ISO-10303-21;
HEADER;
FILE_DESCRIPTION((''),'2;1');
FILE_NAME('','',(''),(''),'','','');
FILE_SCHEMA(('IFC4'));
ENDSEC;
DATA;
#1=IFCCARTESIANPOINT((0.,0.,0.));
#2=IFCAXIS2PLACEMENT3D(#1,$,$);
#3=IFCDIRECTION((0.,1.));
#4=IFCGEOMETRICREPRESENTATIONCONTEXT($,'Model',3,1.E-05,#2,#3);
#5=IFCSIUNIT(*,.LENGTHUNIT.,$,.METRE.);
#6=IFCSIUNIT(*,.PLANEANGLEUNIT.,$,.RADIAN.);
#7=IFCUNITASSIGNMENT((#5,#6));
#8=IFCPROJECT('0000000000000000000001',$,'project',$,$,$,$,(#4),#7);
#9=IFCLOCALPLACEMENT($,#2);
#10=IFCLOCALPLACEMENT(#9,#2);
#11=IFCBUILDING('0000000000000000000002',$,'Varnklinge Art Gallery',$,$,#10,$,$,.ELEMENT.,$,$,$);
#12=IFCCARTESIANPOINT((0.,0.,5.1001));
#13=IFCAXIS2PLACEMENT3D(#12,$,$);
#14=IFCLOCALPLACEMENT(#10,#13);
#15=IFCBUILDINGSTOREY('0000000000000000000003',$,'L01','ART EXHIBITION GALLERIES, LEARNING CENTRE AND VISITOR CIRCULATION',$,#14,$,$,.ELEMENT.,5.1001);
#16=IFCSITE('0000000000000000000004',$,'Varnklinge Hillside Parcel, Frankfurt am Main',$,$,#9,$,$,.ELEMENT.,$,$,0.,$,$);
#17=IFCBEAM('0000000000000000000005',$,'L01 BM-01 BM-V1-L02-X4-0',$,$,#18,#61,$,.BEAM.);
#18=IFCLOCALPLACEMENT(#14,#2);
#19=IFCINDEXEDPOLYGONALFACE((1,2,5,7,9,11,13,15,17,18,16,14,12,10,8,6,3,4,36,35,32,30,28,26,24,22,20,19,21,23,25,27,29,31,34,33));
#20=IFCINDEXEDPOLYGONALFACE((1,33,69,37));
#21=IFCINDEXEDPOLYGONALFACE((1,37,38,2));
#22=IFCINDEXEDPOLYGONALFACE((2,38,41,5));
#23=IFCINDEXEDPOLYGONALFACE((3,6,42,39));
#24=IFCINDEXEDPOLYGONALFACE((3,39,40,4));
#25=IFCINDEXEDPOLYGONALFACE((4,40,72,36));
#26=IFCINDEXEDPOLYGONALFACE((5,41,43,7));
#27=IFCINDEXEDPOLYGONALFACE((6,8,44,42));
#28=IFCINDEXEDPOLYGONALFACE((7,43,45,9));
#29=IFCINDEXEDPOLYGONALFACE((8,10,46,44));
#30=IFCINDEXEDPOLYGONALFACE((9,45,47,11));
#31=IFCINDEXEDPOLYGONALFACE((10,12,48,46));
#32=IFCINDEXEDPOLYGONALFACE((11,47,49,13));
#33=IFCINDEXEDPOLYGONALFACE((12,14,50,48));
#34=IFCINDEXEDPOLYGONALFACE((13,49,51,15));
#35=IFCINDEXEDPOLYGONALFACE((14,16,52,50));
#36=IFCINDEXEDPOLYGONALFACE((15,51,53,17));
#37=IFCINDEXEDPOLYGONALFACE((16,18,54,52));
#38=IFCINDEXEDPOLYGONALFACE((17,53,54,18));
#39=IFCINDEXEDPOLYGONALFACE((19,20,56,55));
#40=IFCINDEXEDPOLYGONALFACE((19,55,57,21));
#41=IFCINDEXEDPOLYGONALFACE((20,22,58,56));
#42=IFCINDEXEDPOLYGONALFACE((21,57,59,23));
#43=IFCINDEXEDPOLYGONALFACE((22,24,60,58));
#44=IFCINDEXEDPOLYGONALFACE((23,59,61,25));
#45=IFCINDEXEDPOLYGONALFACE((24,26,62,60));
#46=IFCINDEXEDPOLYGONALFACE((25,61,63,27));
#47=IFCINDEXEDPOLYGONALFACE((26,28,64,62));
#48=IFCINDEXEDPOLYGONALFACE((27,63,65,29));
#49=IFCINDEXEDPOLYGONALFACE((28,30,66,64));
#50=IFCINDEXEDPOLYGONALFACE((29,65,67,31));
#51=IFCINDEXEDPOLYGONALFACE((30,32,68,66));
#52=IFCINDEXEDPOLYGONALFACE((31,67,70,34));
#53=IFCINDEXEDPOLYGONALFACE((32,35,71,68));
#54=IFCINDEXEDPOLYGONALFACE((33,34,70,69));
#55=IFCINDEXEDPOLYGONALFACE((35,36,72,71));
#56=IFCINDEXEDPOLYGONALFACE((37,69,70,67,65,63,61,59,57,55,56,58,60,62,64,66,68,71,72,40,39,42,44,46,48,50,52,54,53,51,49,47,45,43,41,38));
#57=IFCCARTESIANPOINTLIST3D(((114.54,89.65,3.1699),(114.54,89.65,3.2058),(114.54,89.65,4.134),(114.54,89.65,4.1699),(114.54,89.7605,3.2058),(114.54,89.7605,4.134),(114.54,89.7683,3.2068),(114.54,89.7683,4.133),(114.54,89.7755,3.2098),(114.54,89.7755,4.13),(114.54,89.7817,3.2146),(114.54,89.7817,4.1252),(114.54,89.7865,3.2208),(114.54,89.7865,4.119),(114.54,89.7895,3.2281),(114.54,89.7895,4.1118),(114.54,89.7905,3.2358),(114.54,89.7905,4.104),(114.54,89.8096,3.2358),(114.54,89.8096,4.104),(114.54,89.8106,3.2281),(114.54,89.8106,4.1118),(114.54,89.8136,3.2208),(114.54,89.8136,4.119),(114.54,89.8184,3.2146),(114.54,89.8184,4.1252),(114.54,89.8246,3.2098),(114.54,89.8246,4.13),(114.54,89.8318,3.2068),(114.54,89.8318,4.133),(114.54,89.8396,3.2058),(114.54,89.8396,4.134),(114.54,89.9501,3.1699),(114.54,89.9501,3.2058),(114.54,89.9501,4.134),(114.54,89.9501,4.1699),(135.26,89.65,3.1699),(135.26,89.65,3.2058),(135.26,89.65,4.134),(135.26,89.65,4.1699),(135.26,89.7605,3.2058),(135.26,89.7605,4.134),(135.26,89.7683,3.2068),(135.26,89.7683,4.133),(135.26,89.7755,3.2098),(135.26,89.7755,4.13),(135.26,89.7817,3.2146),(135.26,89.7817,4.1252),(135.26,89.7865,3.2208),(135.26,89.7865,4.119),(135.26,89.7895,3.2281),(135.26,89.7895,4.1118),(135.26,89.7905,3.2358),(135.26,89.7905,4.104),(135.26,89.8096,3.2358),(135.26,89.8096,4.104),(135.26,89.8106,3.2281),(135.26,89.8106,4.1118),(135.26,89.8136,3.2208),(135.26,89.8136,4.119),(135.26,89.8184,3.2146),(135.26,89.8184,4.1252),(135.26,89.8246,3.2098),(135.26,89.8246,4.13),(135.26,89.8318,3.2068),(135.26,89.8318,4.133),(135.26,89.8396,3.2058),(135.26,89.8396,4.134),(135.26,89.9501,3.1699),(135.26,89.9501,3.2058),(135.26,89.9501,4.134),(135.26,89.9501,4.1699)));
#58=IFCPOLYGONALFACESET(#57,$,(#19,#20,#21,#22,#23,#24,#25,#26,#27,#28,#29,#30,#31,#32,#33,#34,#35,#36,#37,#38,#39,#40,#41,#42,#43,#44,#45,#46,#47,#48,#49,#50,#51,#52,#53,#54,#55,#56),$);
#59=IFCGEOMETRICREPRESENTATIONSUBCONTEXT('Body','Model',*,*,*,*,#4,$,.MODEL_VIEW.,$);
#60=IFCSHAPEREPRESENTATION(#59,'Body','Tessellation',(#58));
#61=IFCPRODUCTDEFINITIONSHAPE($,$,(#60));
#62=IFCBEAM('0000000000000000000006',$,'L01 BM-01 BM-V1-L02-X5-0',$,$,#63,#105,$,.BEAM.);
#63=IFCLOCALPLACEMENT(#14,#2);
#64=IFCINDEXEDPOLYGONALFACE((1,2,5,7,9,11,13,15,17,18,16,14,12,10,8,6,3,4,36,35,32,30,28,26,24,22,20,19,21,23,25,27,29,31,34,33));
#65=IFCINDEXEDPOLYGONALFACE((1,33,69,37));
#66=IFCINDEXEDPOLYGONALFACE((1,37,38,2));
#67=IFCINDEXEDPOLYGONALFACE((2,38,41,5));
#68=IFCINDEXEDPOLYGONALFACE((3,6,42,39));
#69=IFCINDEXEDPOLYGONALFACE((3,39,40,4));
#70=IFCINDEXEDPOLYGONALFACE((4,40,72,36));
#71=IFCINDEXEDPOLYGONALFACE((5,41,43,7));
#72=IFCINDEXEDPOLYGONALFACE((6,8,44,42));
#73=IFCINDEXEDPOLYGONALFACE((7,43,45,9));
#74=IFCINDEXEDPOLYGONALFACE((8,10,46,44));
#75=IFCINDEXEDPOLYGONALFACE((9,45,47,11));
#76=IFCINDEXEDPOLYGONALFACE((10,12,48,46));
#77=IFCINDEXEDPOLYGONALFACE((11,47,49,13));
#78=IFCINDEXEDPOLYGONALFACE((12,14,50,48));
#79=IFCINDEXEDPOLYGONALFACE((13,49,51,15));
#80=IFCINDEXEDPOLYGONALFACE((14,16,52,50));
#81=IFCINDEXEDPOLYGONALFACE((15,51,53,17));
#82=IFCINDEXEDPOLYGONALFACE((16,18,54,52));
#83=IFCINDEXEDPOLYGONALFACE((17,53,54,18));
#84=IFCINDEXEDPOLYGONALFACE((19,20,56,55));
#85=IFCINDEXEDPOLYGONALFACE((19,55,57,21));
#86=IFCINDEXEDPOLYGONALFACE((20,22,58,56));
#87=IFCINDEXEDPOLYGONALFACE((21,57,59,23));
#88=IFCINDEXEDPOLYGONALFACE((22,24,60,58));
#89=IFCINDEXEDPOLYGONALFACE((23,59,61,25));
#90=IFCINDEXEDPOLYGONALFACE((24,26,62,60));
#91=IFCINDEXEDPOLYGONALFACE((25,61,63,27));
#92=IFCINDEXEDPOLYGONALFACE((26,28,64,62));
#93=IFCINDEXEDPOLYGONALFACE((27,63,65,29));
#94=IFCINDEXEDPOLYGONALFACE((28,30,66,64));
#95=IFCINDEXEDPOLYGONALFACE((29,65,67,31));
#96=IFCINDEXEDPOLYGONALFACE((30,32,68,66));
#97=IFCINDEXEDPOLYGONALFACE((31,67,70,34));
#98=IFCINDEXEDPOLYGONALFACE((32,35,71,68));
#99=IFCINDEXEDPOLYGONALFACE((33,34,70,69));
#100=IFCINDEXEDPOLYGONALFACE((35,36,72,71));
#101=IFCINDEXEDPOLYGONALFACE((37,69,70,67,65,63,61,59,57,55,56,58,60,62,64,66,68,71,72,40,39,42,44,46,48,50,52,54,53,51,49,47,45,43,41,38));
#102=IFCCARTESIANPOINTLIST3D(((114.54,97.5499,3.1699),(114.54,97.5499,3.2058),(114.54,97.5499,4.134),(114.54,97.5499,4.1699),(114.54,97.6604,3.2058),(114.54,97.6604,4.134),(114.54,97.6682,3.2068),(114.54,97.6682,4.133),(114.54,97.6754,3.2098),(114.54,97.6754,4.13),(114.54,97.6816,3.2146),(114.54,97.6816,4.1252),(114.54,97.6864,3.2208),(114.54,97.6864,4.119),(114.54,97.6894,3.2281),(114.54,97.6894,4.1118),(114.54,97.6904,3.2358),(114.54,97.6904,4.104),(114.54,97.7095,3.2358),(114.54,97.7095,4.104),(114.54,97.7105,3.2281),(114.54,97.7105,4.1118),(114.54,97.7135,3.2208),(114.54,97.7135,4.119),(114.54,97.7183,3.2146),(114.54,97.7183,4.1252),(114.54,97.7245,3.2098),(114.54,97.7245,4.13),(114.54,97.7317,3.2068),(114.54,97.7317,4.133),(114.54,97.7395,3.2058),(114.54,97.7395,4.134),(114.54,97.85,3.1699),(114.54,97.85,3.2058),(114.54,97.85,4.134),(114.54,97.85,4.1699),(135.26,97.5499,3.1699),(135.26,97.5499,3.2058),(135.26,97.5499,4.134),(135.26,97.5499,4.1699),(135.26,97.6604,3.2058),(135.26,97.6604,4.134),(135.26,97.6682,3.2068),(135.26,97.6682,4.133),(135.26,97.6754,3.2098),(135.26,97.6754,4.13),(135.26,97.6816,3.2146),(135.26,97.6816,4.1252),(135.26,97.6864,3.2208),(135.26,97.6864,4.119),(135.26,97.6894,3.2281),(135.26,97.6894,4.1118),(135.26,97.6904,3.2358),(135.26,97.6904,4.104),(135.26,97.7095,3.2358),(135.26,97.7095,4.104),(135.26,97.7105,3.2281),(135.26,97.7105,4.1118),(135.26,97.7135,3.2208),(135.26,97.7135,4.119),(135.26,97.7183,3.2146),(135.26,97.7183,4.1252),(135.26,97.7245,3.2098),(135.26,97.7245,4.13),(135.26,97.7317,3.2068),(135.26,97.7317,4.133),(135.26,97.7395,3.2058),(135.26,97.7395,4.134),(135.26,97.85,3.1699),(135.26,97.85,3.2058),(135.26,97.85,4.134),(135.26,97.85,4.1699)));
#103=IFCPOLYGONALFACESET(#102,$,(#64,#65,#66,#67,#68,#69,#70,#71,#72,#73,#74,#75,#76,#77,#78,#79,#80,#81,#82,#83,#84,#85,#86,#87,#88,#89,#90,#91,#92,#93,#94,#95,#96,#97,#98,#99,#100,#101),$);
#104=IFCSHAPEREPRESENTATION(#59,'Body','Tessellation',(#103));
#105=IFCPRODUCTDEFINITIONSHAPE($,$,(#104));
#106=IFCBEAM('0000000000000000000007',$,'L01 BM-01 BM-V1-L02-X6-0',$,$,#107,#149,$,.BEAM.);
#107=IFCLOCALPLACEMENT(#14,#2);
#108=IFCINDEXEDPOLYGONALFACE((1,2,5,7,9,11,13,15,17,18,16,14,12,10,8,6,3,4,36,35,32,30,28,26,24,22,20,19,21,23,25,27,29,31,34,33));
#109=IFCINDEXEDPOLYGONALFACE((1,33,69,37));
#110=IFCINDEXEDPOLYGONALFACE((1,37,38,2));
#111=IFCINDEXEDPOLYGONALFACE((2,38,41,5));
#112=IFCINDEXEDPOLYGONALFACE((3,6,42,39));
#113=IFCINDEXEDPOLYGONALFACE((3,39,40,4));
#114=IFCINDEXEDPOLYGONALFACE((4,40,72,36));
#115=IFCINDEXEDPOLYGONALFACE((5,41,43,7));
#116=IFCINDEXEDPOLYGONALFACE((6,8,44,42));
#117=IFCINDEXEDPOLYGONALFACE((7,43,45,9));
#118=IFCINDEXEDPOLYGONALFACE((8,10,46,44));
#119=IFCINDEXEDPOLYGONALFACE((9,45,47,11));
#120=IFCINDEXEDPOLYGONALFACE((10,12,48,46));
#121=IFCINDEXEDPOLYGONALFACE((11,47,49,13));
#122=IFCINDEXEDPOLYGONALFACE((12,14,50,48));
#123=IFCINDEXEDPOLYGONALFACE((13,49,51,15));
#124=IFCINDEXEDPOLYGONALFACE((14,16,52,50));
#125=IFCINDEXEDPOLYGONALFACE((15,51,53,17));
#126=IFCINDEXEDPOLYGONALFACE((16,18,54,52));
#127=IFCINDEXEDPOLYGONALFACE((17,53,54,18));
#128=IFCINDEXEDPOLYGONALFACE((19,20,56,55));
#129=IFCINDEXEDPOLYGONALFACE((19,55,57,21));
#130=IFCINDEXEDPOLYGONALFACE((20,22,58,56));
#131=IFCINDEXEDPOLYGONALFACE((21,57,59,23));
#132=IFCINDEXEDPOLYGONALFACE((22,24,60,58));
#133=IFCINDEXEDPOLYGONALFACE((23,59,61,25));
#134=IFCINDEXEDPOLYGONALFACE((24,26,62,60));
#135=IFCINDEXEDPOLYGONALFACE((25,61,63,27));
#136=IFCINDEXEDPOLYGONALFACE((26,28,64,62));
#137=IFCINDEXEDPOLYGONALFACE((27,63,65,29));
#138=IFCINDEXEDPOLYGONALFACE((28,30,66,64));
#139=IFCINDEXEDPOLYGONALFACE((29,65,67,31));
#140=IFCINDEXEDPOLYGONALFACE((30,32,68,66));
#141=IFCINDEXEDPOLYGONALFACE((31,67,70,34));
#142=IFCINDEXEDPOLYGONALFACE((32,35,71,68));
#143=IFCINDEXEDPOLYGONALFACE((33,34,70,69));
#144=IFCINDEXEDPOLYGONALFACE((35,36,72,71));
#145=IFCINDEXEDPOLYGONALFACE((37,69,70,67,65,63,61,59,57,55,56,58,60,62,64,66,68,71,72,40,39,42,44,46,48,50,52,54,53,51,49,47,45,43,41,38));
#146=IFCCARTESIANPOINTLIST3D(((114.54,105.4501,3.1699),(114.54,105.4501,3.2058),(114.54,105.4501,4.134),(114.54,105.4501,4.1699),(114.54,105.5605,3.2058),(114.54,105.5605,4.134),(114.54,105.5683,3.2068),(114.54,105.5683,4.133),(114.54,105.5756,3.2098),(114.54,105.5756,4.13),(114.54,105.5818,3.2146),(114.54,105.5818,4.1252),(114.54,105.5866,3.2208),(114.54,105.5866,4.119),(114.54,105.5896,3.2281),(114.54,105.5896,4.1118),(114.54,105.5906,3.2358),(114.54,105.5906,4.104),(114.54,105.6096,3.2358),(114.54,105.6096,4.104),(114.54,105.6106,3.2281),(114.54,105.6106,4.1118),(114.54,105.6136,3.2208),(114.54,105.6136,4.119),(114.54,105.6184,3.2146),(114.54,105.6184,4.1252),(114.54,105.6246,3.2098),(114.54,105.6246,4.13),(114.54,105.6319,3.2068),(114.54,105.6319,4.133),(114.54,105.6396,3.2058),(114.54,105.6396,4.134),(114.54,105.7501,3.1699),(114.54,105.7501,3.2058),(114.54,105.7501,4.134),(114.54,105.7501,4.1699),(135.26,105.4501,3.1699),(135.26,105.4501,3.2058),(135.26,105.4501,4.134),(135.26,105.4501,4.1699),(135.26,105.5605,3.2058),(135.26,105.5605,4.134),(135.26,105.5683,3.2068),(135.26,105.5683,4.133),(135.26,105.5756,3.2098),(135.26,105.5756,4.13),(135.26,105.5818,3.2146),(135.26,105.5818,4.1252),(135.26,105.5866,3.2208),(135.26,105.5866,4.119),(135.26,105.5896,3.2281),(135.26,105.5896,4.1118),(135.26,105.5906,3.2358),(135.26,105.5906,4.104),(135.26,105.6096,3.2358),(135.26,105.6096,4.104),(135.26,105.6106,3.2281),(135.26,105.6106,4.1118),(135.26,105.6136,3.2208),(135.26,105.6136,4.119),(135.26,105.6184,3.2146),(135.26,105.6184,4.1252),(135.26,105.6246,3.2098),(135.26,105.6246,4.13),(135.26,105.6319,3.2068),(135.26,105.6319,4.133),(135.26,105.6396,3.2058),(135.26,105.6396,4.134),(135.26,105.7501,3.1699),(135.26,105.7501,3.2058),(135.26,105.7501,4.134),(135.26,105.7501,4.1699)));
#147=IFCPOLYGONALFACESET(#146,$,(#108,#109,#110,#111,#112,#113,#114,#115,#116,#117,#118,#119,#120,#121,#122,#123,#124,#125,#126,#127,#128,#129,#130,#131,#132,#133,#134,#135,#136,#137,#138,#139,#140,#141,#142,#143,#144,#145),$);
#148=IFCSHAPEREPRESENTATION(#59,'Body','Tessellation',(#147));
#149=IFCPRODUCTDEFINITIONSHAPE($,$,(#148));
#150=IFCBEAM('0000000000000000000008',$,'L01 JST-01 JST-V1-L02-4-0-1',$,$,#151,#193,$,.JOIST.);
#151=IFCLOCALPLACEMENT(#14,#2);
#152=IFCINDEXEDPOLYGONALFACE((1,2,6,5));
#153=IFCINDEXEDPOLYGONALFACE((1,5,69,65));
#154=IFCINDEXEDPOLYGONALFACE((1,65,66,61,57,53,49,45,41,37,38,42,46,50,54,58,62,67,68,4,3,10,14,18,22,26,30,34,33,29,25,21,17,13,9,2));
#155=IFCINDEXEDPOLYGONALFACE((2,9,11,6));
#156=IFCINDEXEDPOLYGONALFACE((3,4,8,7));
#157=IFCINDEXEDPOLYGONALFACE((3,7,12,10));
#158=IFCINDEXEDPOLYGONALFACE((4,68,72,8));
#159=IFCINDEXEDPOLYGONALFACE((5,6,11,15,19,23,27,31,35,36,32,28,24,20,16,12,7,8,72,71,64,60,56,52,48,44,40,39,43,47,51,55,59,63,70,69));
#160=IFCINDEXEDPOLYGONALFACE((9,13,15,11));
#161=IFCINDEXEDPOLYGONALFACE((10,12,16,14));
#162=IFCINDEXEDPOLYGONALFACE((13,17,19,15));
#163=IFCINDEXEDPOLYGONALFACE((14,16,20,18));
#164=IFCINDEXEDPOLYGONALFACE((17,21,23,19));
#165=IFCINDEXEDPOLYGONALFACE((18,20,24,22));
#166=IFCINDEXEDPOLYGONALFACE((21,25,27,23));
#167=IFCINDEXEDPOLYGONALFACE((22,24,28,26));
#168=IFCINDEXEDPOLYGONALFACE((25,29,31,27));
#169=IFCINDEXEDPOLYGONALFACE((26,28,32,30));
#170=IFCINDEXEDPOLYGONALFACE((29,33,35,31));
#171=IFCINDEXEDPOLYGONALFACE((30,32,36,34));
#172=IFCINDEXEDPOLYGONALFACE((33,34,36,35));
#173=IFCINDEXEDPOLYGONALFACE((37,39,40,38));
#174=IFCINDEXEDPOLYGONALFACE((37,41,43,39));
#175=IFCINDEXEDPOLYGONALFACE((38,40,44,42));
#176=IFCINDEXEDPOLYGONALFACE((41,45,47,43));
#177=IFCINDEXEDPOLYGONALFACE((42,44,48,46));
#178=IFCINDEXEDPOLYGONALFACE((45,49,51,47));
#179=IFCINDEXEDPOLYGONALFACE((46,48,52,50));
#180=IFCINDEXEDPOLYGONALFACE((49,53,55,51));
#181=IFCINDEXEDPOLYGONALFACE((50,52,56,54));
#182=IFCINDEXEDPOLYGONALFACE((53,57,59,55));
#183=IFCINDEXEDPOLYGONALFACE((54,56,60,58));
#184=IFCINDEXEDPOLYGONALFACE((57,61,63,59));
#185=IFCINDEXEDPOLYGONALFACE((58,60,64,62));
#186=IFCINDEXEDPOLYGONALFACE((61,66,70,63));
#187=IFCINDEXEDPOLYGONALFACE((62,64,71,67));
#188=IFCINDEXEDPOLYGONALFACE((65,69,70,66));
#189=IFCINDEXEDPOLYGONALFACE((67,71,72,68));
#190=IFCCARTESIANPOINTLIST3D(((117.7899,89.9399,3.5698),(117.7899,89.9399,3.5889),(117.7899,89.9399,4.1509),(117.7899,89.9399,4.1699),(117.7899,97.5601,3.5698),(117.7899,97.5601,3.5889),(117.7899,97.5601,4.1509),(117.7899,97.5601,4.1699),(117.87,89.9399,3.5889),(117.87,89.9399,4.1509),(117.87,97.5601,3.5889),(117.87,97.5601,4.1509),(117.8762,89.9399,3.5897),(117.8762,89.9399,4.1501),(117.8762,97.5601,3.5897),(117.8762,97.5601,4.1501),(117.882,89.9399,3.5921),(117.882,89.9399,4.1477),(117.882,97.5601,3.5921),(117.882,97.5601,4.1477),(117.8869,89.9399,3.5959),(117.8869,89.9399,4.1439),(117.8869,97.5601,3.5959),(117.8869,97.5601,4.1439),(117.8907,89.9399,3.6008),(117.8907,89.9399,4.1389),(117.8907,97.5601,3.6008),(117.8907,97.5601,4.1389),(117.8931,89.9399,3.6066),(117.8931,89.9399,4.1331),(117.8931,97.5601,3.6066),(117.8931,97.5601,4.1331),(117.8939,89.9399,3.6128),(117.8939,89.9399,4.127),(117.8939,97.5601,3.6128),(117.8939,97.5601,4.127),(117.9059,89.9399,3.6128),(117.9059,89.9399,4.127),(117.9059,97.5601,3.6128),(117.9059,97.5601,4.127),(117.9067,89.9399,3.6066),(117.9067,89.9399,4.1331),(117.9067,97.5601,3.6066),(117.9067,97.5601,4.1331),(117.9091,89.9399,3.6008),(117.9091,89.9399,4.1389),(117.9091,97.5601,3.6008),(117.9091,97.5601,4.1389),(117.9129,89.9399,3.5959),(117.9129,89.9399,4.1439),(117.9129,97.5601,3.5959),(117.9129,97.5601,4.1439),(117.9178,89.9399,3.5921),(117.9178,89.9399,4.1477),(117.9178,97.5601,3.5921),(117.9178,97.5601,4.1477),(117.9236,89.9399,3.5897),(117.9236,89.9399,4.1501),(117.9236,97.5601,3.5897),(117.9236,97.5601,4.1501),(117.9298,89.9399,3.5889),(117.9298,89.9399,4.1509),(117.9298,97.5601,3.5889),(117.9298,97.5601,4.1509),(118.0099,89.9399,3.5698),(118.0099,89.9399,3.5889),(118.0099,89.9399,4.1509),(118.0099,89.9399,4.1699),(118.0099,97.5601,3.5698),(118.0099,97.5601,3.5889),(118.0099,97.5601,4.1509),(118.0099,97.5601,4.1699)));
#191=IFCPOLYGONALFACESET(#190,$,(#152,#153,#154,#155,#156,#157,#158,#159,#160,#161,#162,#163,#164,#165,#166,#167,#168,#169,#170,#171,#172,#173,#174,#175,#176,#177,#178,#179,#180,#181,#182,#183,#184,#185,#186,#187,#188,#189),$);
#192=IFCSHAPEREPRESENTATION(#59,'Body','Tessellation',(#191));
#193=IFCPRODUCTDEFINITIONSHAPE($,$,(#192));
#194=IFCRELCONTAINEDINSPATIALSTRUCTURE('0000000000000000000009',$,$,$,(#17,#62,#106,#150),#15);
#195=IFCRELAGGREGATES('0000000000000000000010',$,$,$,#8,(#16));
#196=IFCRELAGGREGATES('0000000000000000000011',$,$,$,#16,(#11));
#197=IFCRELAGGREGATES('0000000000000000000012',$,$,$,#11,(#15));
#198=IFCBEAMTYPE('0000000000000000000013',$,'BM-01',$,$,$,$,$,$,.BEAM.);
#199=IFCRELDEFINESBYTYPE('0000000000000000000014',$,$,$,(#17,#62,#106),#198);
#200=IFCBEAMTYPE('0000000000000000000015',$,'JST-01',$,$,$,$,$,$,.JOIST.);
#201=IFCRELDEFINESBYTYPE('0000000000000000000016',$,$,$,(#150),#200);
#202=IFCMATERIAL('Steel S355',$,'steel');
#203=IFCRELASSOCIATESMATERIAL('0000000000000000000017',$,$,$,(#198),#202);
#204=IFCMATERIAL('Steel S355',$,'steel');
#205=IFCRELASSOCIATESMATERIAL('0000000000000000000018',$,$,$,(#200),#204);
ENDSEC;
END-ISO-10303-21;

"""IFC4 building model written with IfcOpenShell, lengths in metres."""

from ifc_helpers import new_model, si_unit, direction, frame, origin, origin_2d, place, context, subcontext, project, spatial, i_section, extrude, material, material_profile, profile_set, type_object, element, save


model = new_model("IFC4")

# Units and contexts
model_context = context("Model", 3, precision=1e-05, world=origin(), true_north=direction((0.0, 1.0)))
body_context = subcontext(model_context, "Body", "Model", "MODEL_VIEW")
ifc_project = project(units=[si_unit("LENGTHUNIT", "METRE"), si_unit("PLANEANGLEUNIT", "RADIAN")], contexts=[model_context])

# Site, building, storey
site_placement = place(None, origin())
site = spatial("IfcSite", under=ifc_project, at=site_placement, Name="Varnklinge Hillside Parcel, Frankfurt am Main", CompositionType="ELEMENT", RefElevation=0.0)
building_placement = place(site_placement, origin())
building = spatial("IfcBuilding", under=site, at=building_placement, Name="Varnklinge Art Gallery", CompositionType="ELEMENT")
storey_placement = place(building_placement, frame((0.0, 0.0, 5.1001)))
storey = spatial("IfcBuildingStorey", under=building, at=storey_placement, Name="L01", Description="ART EXHIBITION GALLERIES, LEARNING CENTRE AND VISITOR CIRCULATION", CompositionType="ELEMENT", Elevation=5.1001)

# Beams
ifc_material_1 = material(Name="Steel S355", Category="steel")
ifc_material_profile_1 = material_profile(ifc_material_1, i_section(OverallWidth=0.3, OverallDepth=1.0, WebThickness=0.019, FlangeThickness=0.0359, FilletRadius=0.03, at=origin_2d()), Name="HEB 1000")
ifc_profile_set_1 = profile_set([ifc_material_profile_1], Name="Steel S355")
beam_type_1 = type_object("IfcBeamType", Name="BM-01", PredefinedType="BEAM", material=ifc_profile_set_1)
for number, where, z_axis, x_axis, name in (
    (1, (114.54, 89.8, 3.6699), (1.0, 0.0, 0.0), (0.0, 1.0, 0.0), "L01 BM-01 BM-V1-L02-X4-0"),
    (2, (114.54, 97.7, 3.6699), (1.0, 0.0, 0.0), (0.0, 1.0, 0.0), "L01 BM-01 BM-V1-L02-X5-0"),
    (3, (114.54, 105.6001, 3.6699), (1.0, 0.0, 0.0), (0.0, 1.0, 0.0), "L01 BM-01 BM-V1-L02-X6-0"),
):
    element("IfcBeam", number, at=place(storey_placement, frame(where, z_axis=z_axis, x_axis=x_axis)), inside=storey, type_object=beam_type_1, Name=name, PredefinedType="BEAM", context=body_context, shape_type="SweptSolid", body=[
        extrude(i_section(OverallWidth=0.3, OverallDepth=1.0, WebThickness=0.019, FlangeThickness=0.0359, FilletRadius=0.03, at=origin_2d()), origin(), (0.0, 0.0, 1.0), 20.72),
    ])
ifc_material_2 = material(Name="Steel S355", Category="steel")
ifc_material_profile_2 = material_profile(ifc_material_2, i_section(OverallWidth=0.22, OverallDepth=0.6001, WebThickness=0.012, FlangeThickness=0.019, FilletRadius=0.0239, at=origin_2d()), Name="IPE 600")
ifc_profile_set_2 = profile_set([ifc_material_profile_2], Name="Steel S355")
beam_type_2 = type_object("IfcBeamType", Name="JST-01", PredefinedType="JOIST", material=ifc_profile_set_2)
for number, where, z_axis, x_axis, name in (
    (4, (117.8999, 89.9399, 3.8699), (0.0, 1.0, 0.0), (-1.0, 0.0, 0.0), "L01 JST-01 JST-V1-L02-4-0-1"),
):
    element("IfcBeam", number, at=place(storey_placement, frame(where, z_axis=z_axis, x_axis=x_axis)), inside=storey, type_object=beam_type_2, Name=name, PredefinedType="JOIST", context=body_context, shape_type="SweptSolid", body=[
        extrude(i_section(OverallWidth=0.22, OverallDepth=0.6001, WebThickness=0.012, FlangeThickness=0.019, FilletRadius=0.0239, at=origin_2d()), origin(), (0.0, 0.0, 1.0), 7.6201),
    ])

save(model, "model.ifc")
